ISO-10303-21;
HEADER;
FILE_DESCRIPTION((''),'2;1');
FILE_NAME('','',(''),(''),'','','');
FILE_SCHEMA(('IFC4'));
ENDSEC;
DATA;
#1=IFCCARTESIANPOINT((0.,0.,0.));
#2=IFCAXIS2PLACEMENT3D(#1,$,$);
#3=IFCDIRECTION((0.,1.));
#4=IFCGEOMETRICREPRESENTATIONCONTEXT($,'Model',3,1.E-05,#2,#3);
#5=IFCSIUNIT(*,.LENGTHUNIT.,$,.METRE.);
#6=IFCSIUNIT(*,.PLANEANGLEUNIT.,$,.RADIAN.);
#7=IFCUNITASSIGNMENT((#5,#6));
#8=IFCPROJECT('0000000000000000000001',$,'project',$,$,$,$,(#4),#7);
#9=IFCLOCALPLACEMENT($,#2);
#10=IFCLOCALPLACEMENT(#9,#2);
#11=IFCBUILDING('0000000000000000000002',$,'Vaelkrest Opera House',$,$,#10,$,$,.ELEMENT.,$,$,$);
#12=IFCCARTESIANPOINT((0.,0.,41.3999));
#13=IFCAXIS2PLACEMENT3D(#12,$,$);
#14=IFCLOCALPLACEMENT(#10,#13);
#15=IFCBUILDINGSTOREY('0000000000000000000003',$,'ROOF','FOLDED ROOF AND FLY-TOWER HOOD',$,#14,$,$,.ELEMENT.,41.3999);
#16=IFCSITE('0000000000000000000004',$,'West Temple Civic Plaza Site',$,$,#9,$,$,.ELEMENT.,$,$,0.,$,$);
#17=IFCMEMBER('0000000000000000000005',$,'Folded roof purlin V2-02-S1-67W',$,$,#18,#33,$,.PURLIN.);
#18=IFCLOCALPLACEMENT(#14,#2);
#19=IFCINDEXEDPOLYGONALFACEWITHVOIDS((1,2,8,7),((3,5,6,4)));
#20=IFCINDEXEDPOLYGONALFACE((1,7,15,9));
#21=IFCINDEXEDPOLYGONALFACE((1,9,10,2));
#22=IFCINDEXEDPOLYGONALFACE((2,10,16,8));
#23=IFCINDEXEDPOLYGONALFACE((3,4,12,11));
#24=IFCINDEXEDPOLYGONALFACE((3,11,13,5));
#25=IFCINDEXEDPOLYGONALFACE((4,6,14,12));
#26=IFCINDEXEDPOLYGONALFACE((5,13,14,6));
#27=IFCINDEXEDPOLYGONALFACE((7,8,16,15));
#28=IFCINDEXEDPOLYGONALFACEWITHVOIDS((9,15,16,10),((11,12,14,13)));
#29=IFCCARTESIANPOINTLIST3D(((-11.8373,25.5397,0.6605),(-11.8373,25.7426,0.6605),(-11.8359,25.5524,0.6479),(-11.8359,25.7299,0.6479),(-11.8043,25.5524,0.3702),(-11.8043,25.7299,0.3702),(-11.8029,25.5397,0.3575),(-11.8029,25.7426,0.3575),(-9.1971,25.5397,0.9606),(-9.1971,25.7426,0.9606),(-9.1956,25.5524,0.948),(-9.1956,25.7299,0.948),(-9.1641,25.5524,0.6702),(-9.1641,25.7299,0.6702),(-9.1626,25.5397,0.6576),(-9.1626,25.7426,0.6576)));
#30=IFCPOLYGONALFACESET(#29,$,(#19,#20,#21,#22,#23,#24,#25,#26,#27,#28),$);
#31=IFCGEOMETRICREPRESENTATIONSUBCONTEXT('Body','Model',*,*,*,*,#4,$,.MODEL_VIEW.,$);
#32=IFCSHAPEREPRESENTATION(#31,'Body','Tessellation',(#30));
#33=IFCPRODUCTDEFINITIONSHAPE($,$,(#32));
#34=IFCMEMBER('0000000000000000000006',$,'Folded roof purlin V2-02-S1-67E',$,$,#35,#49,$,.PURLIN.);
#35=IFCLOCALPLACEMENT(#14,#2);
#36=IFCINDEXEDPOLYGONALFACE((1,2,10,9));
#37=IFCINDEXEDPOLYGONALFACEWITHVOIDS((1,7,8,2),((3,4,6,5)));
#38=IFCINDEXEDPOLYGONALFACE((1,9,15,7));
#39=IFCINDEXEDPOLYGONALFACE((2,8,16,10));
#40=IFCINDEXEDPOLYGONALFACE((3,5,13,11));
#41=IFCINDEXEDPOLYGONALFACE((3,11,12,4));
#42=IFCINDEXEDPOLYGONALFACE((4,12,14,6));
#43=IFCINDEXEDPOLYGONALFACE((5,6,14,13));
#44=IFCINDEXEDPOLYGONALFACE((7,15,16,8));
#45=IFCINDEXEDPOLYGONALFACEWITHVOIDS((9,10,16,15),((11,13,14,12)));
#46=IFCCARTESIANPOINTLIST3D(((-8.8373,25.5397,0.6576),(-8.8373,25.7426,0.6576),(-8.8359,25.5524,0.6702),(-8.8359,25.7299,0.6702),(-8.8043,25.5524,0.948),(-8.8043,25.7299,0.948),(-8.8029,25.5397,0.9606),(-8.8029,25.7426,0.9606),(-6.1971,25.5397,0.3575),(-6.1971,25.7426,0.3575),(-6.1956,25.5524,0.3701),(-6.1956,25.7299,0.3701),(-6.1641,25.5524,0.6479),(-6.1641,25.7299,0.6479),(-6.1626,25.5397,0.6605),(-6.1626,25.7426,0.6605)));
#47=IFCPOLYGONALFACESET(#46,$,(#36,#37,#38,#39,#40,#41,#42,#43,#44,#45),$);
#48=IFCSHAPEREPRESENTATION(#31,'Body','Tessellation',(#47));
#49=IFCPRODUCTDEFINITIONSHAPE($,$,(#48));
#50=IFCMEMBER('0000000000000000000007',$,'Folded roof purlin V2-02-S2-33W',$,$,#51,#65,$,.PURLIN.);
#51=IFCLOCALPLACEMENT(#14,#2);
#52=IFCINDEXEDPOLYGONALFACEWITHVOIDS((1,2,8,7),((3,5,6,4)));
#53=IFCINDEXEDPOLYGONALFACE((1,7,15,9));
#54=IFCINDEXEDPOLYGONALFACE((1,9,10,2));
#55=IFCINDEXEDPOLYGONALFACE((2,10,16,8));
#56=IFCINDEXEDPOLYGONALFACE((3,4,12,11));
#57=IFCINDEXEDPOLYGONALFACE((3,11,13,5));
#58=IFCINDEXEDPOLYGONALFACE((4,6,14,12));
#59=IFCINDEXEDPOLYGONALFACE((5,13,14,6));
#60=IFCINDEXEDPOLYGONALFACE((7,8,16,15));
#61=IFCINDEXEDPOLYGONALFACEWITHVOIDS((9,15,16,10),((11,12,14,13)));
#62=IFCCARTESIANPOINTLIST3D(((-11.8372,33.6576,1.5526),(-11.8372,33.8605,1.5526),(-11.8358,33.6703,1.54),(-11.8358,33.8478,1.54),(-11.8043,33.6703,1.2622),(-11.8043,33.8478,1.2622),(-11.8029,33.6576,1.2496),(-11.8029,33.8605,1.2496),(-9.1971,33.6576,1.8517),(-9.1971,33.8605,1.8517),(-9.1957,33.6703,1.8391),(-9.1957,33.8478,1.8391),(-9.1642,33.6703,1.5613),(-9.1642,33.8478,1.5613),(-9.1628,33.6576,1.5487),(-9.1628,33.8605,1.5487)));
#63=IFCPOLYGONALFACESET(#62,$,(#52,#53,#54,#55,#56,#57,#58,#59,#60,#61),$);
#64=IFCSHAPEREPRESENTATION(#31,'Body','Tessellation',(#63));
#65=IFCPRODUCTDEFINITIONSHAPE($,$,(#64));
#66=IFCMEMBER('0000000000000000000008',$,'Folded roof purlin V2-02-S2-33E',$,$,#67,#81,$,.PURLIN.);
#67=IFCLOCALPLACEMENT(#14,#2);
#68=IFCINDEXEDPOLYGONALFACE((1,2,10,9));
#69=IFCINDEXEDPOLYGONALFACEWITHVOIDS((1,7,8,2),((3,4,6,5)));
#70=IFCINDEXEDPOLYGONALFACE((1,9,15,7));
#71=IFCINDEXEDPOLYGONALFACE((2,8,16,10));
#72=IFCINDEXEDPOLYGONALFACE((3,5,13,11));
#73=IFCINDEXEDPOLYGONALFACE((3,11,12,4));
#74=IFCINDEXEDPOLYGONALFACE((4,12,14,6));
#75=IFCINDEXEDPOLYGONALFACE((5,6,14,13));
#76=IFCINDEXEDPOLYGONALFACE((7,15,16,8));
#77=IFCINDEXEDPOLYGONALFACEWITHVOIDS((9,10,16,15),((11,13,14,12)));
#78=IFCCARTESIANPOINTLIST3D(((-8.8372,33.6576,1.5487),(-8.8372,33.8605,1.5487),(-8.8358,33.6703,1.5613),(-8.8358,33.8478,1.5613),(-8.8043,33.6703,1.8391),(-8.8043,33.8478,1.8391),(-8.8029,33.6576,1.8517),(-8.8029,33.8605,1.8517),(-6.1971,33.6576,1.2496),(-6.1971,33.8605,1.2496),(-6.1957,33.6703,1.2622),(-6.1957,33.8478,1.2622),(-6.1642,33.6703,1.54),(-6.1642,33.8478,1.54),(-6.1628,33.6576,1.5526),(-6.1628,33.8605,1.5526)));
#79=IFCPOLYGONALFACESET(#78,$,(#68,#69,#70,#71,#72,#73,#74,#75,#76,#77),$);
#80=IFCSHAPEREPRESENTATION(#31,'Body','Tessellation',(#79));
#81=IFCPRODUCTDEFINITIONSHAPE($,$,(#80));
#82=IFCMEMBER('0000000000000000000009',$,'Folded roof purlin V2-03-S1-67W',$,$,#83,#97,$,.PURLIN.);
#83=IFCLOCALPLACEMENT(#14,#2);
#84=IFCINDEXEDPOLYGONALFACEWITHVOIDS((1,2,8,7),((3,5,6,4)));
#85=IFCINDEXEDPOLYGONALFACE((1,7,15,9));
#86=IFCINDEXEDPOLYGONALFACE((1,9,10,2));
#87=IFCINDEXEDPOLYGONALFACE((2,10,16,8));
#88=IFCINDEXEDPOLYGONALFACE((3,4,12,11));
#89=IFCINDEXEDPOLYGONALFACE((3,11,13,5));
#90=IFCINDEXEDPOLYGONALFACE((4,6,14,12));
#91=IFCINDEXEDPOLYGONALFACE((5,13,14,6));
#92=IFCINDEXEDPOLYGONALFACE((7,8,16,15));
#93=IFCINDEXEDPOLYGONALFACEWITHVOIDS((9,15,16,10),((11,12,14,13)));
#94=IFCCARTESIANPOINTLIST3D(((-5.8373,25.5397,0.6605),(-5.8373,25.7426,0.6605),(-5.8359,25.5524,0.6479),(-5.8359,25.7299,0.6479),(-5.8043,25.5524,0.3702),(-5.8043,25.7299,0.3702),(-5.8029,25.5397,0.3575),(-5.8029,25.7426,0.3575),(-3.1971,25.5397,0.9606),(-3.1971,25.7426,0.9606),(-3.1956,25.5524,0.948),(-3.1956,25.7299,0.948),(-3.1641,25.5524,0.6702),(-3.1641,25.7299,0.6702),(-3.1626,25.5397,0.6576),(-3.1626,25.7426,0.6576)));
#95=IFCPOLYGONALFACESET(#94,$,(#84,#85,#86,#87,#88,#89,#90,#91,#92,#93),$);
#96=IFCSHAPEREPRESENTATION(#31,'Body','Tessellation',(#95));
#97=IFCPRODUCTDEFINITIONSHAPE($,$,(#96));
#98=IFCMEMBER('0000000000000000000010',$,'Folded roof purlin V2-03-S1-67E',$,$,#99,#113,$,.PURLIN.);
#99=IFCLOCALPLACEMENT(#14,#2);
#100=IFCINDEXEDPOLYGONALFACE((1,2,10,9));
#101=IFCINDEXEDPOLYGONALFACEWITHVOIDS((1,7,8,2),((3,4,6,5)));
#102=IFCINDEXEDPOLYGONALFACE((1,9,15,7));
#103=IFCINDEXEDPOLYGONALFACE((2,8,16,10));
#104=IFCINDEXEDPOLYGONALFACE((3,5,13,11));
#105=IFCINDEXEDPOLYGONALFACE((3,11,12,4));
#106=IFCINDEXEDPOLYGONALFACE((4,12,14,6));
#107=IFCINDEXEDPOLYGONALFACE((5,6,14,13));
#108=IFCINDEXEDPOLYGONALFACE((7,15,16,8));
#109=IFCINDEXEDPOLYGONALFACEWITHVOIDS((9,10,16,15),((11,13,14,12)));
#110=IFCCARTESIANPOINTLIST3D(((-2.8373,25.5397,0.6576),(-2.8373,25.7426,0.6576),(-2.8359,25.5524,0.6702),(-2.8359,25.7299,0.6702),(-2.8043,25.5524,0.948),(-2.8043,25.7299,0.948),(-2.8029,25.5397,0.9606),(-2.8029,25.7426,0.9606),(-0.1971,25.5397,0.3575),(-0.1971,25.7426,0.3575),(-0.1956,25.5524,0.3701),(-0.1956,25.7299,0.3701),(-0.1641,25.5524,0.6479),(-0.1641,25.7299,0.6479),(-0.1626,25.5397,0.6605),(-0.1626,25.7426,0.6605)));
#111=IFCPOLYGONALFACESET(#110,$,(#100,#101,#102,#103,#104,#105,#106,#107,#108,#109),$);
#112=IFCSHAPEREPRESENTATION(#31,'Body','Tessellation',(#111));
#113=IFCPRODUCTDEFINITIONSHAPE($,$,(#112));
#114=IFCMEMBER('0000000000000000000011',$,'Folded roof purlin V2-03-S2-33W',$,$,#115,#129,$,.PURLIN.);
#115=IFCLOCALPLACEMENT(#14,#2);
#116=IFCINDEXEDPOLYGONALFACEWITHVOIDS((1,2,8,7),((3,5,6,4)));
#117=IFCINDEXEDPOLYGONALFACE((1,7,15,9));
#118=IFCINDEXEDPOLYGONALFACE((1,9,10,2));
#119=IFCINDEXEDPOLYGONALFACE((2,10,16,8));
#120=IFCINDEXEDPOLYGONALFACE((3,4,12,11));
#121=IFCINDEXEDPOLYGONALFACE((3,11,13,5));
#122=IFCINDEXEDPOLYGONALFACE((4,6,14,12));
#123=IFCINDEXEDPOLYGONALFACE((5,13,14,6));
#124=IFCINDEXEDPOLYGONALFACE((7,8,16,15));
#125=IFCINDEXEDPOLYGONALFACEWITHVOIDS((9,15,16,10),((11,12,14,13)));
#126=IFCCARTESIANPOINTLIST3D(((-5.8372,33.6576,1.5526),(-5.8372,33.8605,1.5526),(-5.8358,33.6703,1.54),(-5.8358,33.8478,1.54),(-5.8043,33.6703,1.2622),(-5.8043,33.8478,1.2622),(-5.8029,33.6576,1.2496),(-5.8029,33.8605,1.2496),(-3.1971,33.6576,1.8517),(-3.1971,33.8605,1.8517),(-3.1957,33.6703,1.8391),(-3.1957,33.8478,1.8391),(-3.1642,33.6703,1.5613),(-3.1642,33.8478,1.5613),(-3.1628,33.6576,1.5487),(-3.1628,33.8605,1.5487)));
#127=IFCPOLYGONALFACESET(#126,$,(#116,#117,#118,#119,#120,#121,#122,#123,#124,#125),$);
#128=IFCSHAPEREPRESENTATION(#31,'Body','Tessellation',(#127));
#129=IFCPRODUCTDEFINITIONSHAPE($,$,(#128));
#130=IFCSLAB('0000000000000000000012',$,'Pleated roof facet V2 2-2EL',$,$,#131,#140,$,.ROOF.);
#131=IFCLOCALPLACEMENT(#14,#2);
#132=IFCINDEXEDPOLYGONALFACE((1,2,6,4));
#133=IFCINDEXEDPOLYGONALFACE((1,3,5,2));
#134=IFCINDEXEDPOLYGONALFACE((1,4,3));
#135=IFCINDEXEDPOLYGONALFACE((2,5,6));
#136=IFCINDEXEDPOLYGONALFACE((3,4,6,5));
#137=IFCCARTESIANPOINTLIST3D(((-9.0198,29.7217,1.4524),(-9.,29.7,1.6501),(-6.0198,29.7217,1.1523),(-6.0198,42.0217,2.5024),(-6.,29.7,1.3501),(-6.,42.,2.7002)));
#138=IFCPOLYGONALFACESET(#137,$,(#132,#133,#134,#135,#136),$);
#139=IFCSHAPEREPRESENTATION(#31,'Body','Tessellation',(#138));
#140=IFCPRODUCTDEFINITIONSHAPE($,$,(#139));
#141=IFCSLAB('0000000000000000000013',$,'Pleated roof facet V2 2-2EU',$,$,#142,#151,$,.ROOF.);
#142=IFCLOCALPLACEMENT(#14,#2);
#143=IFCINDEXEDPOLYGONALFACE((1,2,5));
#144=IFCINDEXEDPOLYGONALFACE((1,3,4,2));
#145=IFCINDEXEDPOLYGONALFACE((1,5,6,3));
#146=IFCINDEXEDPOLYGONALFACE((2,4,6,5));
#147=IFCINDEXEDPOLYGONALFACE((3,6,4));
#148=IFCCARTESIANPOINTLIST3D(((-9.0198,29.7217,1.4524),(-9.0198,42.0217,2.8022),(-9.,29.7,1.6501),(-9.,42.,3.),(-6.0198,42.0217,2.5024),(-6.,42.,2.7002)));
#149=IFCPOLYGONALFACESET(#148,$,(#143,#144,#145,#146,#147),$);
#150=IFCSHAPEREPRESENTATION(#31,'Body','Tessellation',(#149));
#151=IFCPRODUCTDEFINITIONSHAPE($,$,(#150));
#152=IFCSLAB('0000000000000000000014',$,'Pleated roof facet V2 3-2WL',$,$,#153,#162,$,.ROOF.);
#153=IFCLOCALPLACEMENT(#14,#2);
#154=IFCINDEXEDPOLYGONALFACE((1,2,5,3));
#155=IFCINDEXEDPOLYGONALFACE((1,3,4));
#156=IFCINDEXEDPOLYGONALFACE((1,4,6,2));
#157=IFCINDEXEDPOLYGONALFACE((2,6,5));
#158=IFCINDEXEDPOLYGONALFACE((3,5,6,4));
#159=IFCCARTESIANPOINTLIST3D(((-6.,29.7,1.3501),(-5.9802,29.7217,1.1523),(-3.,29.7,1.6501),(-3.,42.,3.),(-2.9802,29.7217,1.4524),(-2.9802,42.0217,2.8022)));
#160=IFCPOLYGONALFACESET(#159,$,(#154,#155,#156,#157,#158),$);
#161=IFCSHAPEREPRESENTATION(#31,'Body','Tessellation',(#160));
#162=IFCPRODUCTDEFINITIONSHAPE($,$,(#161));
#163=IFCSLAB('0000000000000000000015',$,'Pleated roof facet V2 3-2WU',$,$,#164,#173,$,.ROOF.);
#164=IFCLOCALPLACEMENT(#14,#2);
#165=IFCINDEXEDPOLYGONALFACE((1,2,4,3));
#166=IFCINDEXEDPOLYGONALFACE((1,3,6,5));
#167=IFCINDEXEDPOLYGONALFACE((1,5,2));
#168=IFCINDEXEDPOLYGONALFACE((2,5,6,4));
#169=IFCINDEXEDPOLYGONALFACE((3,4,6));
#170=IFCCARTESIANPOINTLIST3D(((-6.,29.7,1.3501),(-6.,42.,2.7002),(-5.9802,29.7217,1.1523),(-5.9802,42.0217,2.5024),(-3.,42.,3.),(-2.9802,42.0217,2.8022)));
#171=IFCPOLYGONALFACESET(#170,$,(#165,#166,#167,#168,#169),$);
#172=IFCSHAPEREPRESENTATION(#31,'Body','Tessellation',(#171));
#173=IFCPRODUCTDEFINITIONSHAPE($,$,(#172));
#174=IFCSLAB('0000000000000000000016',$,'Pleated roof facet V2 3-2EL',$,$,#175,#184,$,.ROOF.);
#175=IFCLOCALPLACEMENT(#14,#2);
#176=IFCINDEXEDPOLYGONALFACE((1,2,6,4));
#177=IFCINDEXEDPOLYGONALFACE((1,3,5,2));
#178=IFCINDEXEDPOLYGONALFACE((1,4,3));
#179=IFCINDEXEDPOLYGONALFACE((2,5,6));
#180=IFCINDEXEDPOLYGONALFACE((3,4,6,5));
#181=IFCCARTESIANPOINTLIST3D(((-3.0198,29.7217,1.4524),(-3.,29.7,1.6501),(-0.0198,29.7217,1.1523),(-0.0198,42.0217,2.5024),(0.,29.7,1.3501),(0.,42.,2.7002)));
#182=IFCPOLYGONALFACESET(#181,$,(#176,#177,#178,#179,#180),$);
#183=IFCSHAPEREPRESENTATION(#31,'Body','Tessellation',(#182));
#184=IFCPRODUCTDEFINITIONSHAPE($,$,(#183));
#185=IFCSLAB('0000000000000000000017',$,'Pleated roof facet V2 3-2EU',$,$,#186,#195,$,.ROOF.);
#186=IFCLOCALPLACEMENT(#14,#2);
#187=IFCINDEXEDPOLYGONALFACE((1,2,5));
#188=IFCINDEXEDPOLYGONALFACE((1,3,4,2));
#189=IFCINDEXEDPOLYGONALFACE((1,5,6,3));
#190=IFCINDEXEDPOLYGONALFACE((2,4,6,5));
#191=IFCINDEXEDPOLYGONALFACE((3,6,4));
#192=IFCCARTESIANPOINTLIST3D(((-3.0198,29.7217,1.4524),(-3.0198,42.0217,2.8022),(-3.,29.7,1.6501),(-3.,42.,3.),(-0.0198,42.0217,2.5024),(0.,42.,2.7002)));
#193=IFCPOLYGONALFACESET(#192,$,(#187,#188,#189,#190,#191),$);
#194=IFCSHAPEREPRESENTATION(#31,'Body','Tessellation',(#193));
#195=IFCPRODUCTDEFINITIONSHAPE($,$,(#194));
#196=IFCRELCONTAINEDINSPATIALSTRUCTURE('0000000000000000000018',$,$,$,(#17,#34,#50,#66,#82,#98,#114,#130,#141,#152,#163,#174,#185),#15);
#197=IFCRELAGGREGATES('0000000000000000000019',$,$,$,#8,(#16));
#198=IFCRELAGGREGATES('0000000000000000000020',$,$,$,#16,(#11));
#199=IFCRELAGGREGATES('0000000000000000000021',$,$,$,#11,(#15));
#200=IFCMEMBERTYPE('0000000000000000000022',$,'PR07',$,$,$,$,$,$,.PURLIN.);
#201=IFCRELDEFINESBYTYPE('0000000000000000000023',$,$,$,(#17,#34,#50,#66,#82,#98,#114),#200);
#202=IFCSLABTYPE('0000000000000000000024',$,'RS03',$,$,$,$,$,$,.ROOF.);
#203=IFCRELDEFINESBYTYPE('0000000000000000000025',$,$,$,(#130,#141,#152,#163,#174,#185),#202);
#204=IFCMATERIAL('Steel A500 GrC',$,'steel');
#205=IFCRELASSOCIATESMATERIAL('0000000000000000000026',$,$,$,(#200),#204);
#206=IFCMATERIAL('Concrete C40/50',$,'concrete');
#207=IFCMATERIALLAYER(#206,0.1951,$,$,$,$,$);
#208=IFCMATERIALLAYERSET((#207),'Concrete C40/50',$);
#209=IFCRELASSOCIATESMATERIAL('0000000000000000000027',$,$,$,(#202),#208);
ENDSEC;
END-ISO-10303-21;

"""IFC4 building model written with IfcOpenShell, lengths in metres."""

from ifc_helpers import new_model, si_unit, direction, frame, origin, origin_2d, place, context, subcontext, project, spatial, polyline, hollow_rectangle, outline, extrude, material, layer, layer_set, material_profile, profile_set, type_object, element, save


model = new_model("IFC4")

# Units and contexts
model_context = context("Model", 3, precision=1e-05, world=origin(), true_north=direction((0.0, 1.0)))
body_context = subcontext(model_context, "Body", "Model", "MODEL_VIEW")
ifc_project = project(units=[si_unit("LENGTHUNIT", "METRE"), si_unit("PLANEANGLEUNIT", "RADIAN")], contexts=[model_context])

# Site, building, storey
site_placement = place(None, origin())
site = spatial("IfcSite", under=ifc_project, at=site_placement, Name="West Temple Civic Plaza Site", CompositionType="ELEMENT", RefElevation=0.0)
building_placement = place(site_placement, origin())
building = spatial("IfcBuilding", under=site, at=building_placement, Name="Vaelkrest Opera House", CompositionType="ELEMENT")
storey_placement = place(building_placement, frame((0.0, 0.0, 41.3999)))
storey = spatial("IfcBuildingStorey", under=building, at=storey_placement, Name="ROOF", Description="FOLDED ROOF AND FLY-TOWER HOOD", CompositionType="ELEMENT", Elevation=41.3999)

# Members
ifc_material_1 = material(Name="Steel A500 GrC", Category="steel")
ifc_material_profile = material_profile(ifc_material_1, hollow_rectangle(XDim=0.2029, YDim=0.3049, WallThickness=0.0127, at=origin_2d()), Name="HSS305X203X12.7")
ifc_profile_set = profile_set([ifc_material_profile], Name="Steel A500 GrC")
member_type = type_object("IfcMemberType", Name="PR07", PredefinedType="PURLIN", material=ifc_profile_set)
for number, where, z_axis, x_axis, name in (
    (1, (-11.8201, 25.6411, 0.509), (0.993604, 0.0, 0.112922), (0.0, 1.0, 0.0), "Folded roof purlin V2-02-S1-67W"),
    (2, (-8.8201, 25.6411, 0.8091), (0.993604, 0.0, -0.112922), (0.0, 1.0, 0.0), "Folded roof purlin V2-02-S1-67E"),
):
    element("IfcMember", number, at=place(storey_placement, frame(where, z_axis=z_axis, x_axis=x_axis)), inside=storey, type_object=member_type, Name=name, PredefinedType="PURLIN", context=body_context, shape_type="SweptSolid", body=[
        extrude(hollow_rectangle(XDim=0.2029, YDim=0.3049, WallThickness=0.0127, at=origin_2d()), origin(), (0.0, 0.0, 1.0), 2.6572),
    ])
for number, where, z_axis, x_axis, name in (
    (3, (-11.8201, 33.759, 1.4011), (0.993645, 0.0, 0.112559), (0.0, 1.0, 0.0), "Folded roof purlin V2-02-S2-33W"),
    (4, (-8.8201, 33.759, 1.7002), (0.993645, 0.0, -0.112559), (0.0, 1.0, 0.0), "Folded roof purlin V2-02-S2-33E"),
):
    element("IfcMember", number, at=place(storey_placement, frame(where, z_axis=z_axis, x_axis=x_axis)), inside=storey, type_object=member_type, Name=name, PredefinedType="PURLIN", context=body_context, shape_type="SweptSolid", body=[
        extrude(hollow_rectangle(XDim=0.2029, YDim=0.3049, WallThickness=0.0127, at=origin_2d()), origin(), (0.0, 0.0, 1.0), 2.657),
    ])
for number, where, z_axis, x_axis, name in (
    (5, (-5.8201, 25.6411, 0.509), (0.993604, 0.0, 0.112922), (0.0, 1.0, 0.0), "Folded roof purlin V2-03-S1-67W"),
    (6, (-2.8201, 25.6411, 0.8091), (0.993604, 0.0, -0.112922), (0.0, 1.0, 0.0), "Folded roof purlin V2-03-S1-67E"),
):
    element("IfcMember", number, at=place(storey_placement, frame(where, z_axis=z_axis, x_axis=x_axis)), inside=storey, type_object=member_type, Name=name, PredefinedType="PURLIN", context=body_context, shape_type="SweptSolid", body=[
        extrude(hollow_rectangle(XDim=0.2029, YDim=0.3049, WallThickness=0.0127, at=origin_2d()), origin(), (0.0, 0.0, 1.0), 2.6572),
    ])
member_placement = place(storey_placement, frame((-5.8201, 33.759, 1.4011), z_axis=(0.993645, 0.0, 0.112559), x_axis=(0.0, 1.0, 0.0)))
element("IfcMember", 7, at=member_placement, inside=storey, type_object=member_type, Name="Folded roof purlin V2-03-S2-33W", PredefinedType="PURLIN", context=body_context, shape_type="SweptSolid", body=[
    extrude(hollow_rectangle(XDim=0.2029, YDim=0.3049, WallThickness=0.0127, at=origin_2d()), origin(), (0.0, 0.0, 1.0), 2.657),
])

# Slabs
ifc_material_2 = material(Name="Concrete C40/50", Category="concrete")
ifc_layer_1 = layer(ifc_material_2, 0.1951)
ifc_layer_set_1 = layer_set([ifc_layer_1], Name="Concrete C40/50")
slab_type = type_object("IfcSlabType", Name="RS03", PredefinedType="ROOF", material=ifc_layer_set_1)
slab_1_placement = place(storey_placement, frame((-9.0, 29.7, 1.6501), z_axis=(0.098931, -0.108573, 0.989153), x_axis=(0.995036, 0.0, -0.09952)))
element("IfcSlab", 8, at=slab_1_placement, inside=storey, type_object=slab_type, Name="Pleated roof facet V2 2-2EL", PredefinedType="ROOF", context=body_context, shape_type="SweptSolid", body=[
    extrude(outline(polyline([(0.0, 0.0), (3.015, 0.0), (2.8806, 12.3732), (0.0, 0.0)])), origin(), (0.0, 0.0, -1.0), 0.2),
])
slab_2_placement = place(storey_placement, frame((-9.0, 29.7, 1.6501), z_axis=(0.098852, -0.108555, 0.989163), x_axis=(0.236144, 0.968196, 0.082654)))
element("IfcSlab", 9, at=slab_2_placement, inside=storey, type_object=slab_type, Name="Pleated roof facet V2 2-2EU", PredefinedType="ROOF", context=body_context, shape_type="SweptSolid", body=[
    extrude(outline(polyline([(0.0, 0.0), (12.7041, 0.0), (12.0204, 2.9364), (0.0, 0.0)])), origin(), (0.0, 0.0, -1.0), 0.2),
])
slab_3_placement = place(storey_placement, frame((-6.0, 29.7, 1.3501), z_axis=(-0.098932, -0.108554, 0.989156), x_axis=(0.995036, 0.0, 0.09952)))
element("IfcSlab", 10, at=slab_3_placement, inside=storey, type_object=slab_type, Name="Pleated roof facet V2 3-2WL", PredefinedType="ROOF", context=body_context, shape_type="SweptSolid", body=[
    extrude(outline(polyline([(0.0, 0.0), (3.015, 0.0), (3.1493, 12.3732), (0.0, 0.0)])), origin(), (0.0, 0.0, -1.0), 0.2),
])
slab_4_placement = place(storey_placement, frame((-6.0, 29.7, 1.3501), z_axis=(-0.098852, -0.108574, 0.989161), x_axis=(0.234968, 0.963375, 0.129225)))
element("IfcSlab", 11, at=slab_4_placement, inside=storey, type_object=slab_type, Name="Pleated roof facet V2 3-2WU", PredefinedType="ROOF", context=body_context, shape_type="SweptSolid", body=[
    extrude(outline(polyline([(0.0, 0.0), (12.7677, 0.0), (12.024, 2.9218), (0.0, 0.0)])), origin(), (0.0, 0.0, -1.0), 0.2),
])
slab_5_placement = place(storey_placement, frame((-3.0, 29.7, 1.6501), z_axis=(0.098931, -0.108573, 0.989153), x_axis=(0.995036, 0.0, -0.09952)))
element("IfcSlab", 12, at=slab_5_placement, inside=storey, type_object=slab_type, Name="Pleated roof facet V2 3-2EL", PredefinedType="ROOF", context=body_context, shape_type="SweptSolid", body=[
    extrude(outline(polyline([(0.0, 0.0), (3.015, 0.0), (2.8806, 12.3732), (0.0, 0.0)])), origin(), (0.0, 0.0, -1.0), 0.2),
])
slab_6_placement = place(storey_placement, frame((-3.0, 29.7, 1.6501), z_axis=(0.098852, -0.108555, 0.989163), x_axis=(0.236144, 0.968196, 0.082654)))
element("IfcSlab", 13, at=slab_6_placement, inside=storey, type_object=slab_type, Name="Pleated roof facet V2 3-2EU", PredefinedType="ROOF", context=body_context, shape_type="SweptSolid", body=[
    extrude(outline(polyline([(0.0, 0.0), (12.7041, 0.0), (12.0204, 2.9364), (0.0, 0.0)])), origin(), (0.0, 0.0, -1.0), 0.2),
])

save(model, "model.ifc")
